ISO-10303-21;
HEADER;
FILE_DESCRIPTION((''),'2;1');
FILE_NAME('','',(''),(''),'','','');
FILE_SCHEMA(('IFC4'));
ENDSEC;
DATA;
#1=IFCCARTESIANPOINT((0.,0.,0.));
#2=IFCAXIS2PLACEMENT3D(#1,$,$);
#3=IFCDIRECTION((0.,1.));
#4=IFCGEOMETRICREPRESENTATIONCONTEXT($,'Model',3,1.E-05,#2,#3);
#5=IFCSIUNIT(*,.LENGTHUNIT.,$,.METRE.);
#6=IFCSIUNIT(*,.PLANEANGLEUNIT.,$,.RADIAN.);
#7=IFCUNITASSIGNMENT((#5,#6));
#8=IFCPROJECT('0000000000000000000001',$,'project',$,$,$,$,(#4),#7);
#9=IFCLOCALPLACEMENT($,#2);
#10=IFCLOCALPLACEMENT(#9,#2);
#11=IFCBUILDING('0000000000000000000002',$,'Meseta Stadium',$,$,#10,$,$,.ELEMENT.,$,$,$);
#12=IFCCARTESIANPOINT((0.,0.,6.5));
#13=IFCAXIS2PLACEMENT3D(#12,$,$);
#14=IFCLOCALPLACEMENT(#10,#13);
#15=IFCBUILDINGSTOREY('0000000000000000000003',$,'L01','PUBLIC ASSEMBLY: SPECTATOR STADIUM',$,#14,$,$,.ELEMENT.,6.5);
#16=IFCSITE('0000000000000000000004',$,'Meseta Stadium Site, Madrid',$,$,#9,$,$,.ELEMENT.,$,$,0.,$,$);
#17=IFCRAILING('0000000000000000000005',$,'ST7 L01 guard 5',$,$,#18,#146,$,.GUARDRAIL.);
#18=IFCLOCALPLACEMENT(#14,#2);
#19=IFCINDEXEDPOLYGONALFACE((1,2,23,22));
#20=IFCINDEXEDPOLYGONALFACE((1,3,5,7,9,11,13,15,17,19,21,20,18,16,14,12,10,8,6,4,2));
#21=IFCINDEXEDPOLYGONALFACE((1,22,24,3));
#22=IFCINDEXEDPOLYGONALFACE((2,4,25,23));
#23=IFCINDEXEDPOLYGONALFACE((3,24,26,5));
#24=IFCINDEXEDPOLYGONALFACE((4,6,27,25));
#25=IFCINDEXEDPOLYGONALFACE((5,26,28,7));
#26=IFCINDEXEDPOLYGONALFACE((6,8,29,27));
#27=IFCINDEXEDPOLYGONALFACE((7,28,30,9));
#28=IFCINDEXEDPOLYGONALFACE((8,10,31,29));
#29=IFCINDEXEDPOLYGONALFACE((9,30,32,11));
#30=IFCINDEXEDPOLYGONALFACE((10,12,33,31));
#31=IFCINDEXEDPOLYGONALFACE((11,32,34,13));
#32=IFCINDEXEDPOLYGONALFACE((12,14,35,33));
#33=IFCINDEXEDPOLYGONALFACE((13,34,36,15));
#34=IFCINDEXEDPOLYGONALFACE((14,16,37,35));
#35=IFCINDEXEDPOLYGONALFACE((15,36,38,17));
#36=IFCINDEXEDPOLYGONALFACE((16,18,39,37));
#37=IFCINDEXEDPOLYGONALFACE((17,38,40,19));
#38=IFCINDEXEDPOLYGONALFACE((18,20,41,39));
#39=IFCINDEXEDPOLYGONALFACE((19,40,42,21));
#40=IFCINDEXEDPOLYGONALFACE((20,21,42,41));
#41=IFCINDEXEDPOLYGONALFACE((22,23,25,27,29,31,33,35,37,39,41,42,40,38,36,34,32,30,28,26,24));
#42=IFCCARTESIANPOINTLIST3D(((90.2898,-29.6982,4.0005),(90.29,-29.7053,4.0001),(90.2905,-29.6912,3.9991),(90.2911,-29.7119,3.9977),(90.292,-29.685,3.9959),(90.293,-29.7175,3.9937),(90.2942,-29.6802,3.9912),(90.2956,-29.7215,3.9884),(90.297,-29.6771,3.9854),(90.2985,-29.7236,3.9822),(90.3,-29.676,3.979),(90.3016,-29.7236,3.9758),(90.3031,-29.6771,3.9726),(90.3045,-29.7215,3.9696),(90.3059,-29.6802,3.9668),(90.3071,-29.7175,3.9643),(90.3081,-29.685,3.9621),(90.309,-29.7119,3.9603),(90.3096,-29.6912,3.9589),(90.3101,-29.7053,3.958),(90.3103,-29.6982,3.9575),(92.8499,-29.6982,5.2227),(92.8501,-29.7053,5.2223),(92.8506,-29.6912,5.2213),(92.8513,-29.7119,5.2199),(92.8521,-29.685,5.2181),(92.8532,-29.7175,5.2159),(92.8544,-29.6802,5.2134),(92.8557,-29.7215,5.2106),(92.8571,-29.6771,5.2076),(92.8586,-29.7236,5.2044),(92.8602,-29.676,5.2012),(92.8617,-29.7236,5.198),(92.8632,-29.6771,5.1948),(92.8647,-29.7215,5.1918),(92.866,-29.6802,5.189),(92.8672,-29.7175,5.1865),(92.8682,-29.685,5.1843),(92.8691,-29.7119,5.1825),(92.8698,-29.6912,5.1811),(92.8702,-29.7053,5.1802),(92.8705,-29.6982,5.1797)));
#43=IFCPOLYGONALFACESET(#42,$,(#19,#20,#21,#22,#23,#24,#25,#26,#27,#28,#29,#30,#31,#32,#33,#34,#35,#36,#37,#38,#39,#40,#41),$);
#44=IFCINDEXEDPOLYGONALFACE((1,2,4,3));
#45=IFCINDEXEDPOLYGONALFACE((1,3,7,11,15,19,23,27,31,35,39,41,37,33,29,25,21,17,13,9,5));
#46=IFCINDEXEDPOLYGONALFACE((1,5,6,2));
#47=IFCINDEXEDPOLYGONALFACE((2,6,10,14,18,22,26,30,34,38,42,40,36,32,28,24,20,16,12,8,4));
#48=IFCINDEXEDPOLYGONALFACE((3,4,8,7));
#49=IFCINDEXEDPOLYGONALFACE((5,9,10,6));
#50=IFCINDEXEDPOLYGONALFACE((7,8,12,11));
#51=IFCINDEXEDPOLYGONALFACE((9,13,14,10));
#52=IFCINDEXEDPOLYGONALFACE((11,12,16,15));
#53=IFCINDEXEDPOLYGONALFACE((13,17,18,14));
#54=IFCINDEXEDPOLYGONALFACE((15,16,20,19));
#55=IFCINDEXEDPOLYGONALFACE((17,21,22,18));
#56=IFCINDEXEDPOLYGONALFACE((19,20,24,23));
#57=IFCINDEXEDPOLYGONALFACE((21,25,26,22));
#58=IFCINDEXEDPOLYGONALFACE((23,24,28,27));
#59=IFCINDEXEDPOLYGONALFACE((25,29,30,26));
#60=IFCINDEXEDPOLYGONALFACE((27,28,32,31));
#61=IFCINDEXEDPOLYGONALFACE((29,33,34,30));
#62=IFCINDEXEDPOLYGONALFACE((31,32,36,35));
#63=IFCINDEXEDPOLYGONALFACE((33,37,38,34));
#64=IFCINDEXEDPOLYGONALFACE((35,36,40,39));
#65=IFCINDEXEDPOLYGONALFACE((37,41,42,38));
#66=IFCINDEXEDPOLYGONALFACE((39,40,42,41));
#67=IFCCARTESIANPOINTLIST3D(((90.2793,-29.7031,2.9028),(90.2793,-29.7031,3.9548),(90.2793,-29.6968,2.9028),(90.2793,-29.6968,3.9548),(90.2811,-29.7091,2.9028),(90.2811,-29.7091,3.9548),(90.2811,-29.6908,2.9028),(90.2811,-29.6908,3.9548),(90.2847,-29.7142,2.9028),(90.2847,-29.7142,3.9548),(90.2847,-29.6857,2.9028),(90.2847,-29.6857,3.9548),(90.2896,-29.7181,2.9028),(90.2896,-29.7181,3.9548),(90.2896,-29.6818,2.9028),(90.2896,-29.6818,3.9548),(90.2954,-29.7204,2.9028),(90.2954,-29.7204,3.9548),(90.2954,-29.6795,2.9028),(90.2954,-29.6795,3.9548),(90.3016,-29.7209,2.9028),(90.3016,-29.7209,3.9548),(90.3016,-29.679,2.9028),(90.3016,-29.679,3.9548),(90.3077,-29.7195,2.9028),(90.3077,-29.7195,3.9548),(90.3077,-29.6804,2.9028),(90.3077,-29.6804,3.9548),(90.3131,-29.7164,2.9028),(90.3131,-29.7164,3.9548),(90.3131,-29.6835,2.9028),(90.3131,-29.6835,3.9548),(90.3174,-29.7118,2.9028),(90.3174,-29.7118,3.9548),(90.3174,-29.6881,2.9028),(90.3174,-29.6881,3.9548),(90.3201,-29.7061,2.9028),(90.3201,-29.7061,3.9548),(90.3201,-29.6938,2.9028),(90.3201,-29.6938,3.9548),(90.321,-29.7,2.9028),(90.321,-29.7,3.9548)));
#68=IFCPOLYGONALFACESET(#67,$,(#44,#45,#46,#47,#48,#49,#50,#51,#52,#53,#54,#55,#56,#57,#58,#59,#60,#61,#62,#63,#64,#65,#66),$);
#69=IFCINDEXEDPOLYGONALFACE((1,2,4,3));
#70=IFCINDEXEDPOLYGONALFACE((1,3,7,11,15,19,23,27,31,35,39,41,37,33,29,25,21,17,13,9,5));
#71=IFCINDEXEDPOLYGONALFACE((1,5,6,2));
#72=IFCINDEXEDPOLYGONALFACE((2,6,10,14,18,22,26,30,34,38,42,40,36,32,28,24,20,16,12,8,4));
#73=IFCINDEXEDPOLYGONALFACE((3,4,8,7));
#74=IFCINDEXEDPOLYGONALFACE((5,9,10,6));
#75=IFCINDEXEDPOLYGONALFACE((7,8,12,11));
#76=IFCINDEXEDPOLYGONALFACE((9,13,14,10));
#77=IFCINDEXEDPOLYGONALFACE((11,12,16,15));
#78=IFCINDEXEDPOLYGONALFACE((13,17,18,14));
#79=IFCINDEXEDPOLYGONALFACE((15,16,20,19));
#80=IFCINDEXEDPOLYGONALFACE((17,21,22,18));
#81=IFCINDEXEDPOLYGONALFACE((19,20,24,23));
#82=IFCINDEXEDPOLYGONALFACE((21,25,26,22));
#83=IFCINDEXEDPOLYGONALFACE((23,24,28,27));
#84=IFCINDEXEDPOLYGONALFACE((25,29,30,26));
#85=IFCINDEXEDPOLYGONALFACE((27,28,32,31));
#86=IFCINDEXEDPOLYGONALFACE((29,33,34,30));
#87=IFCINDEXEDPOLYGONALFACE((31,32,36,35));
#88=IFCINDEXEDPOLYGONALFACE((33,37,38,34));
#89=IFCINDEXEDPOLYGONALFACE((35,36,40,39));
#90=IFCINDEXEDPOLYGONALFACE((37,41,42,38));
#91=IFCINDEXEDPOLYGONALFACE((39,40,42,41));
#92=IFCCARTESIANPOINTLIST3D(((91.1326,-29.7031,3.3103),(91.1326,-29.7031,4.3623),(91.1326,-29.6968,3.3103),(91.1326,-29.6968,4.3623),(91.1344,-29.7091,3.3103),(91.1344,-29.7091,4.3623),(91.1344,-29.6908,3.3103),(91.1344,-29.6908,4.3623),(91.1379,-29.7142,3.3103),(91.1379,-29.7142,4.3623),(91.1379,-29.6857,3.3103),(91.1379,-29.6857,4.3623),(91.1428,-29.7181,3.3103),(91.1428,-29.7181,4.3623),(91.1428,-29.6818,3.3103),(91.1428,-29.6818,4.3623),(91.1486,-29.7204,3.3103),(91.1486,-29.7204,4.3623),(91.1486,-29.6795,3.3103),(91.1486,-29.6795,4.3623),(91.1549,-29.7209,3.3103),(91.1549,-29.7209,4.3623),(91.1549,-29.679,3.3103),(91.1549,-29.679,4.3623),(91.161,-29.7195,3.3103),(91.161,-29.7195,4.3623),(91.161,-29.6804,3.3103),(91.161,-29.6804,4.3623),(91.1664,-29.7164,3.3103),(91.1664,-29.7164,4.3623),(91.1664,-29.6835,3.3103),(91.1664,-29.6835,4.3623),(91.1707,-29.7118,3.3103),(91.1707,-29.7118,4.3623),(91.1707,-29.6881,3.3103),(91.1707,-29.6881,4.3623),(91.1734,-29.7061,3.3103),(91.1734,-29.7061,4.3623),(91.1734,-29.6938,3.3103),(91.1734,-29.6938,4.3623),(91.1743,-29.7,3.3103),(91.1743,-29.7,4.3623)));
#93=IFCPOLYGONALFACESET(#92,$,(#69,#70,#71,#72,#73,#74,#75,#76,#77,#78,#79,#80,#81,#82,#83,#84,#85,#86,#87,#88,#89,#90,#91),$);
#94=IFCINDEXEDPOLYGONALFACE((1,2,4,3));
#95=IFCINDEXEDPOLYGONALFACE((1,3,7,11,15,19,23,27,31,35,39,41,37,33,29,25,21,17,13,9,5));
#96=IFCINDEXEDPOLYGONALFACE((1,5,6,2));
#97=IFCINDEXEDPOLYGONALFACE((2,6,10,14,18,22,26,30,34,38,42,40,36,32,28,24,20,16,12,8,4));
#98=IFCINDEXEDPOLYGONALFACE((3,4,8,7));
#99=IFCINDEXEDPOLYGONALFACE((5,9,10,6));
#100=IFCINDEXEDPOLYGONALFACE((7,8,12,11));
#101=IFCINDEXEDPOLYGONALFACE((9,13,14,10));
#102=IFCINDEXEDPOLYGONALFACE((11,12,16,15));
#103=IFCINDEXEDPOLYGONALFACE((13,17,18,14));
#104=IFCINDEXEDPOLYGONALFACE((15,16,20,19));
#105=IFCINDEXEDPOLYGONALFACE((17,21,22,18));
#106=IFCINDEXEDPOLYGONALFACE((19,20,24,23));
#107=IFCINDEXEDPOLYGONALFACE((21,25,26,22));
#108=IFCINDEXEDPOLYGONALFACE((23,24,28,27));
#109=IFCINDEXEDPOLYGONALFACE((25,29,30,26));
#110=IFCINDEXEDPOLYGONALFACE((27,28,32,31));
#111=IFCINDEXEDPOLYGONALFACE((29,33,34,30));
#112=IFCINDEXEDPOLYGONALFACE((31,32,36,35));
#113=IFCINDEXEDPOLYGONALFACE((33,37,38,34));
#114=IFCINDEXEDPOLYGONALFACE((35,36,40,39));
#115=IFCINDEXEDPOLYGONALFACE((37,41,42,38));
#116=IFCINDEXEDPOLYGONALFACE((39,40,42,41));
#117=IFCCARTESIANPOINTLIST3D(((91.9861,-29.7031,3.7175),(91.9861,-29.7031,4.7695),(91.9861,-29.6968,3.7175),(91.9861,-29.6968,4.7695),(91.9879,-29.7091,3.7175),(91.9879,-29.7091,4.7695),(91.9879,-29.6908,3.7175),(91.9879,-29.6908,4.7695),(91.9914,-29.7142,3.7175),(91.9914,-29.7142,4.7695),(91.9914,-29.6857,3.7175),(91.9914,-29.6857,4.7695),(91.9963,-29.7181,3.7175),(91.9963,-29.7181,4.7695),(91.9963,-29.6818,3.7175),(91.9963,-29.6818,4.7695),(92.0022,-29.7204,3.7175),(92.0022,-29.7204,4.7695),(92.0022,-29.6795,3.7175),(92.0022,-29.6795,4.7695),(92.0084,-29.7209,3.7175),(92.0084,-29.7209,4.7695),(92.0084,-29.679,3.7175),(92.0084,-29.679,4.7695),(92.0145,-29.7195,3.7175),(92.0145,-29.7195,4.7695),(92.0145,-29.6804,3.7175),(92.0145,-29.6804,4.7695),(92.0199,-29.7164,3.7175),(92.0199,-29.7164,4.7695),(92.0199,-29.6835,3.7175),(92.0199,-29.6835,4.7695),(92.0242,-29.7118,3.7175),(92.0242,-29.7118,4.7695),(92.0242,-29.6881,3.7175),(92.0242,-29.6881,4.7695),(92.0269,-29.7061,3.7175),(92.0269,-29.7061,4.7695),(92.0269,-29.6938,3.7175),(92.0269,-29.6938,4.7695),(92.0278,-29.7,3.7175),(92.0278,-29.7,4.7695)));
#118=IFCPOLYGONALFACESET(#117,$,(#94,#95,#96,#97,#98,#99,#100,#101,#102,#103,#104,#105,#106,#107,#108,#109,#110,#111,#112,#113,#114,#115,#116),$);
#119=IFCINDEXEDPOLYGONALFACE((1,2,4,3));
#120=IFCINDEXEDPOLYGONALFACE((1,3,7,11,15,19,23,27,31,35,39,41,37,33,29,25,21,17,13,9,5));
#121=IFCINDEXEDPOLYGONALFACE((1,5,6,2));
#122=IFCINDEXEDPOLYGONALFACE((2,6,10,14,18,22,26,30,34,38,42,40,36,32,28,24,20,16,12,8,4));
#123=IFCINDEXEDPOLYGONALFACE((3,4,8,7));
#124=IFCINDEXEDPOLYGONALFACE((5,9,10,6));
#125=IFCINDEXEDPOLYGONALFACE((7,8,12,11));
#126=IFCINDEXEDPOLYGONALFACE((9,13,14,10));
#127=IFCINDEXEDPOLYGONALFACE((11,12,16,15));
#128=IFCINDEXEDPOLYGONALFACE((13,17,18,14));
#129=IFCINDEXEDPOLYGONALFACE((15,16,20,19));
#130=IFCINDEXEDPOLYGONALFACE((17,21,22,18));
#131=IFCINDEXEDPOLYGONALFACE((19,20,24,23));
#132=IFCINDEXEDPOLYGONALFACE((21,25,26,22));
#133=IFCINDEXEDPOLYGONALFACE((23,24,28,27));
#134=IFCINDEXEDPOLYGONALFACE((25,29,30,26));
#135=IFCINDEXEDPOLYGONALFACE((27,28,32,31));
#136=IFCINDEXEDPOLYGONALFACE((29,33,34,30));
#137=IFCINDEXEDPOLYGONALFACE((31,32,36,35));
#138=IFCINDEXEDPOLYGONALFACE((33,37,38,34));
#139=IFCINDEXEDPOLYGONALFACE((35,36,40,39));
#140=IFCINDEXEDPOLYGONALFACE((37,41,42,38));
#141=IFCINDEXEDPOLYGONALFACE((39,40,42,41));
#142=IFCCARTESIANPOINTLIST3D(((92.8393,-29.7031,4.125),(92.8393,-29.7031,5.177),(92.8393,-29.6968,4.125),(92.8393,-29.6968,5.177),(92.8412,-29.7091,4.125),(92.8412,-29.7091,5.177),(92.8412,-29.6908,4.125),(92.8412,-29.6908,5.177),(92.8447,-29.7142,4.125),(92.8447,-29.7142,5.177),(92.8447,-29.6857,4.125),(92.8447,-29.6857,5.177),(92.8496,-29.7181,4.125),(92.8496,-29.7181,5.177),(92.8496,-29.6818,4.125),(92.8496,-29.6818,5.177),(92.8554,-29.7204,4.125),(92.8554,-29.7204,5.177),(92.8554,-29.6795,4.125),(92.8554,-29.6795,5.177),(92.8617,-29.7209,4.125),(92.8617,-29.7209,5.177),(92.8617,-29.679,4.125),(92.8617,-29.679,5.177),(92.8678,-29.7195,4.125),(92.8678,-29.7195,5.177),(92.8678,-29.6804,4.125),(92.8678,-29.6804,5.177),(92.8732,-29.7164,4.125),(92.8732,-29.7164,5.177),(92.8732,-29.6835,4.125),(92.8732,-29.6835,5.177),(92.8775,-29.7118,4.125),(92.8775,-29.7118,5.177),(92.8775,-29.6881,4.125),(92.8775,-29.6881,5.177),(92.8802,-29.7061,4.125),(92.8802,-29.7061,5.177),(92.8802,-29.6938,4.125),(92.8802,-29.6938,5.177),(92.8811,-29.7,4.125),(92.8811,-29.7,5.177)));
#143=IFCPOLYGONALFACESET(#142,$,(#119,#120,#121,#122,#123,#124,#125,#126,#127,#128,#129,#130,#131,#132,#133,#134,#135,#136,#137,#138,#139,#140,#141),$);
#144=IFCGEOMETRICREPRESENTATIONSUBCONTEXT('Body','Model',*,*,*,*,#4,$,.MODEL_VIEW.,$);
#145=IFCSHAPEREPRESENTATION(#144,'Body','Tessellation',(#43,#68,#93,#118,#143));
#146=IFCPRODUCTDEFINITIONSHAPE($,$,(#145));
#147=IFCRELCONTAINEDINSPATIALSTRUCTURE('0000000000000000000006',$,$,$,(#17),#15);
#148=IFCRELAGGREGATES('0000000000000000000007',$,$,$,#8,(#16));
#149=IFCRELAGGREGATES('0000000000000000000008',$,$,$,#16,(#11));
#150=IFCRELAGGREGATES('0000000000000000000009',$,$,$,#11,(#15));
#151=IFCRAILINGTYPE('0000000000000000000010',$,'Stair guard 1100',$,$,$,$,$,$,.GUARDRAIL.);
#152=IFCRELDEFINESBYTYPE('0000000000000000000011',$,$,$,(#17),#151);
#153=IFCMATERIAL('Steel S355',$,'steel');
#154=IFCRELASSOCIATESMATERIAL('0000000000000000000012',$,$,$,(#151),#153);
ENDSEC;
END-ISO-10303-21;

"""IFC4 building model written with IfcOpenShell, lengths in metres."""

from ifc_helpers import new_model, si_unit, direction, frame, origin, origin_2d, place, context, subcontext, project, spatial, circle, extrude, material, type_object, element, save


model = new_model("IFC4")

# Units and contexts
model_context = context("Model", 3, precision=1e-05, world=origin(), true_north=direction((0.0, 1.0)))
body_context = subcontext(model_context, "Body", "Model", "MODEL_VIEW")
ifc_project = project(units=[si_unit("LENGTHUNIT", "METRE"), si_unit("PLANEANGLEUNIT", "RADIAN")], contexts=[model_context])

# Site, building, storey
site_placement = place(None, origin())
site = spatial("IfcSite", under=ifc_project, at=site_placement, Name="Meseta Stadium Site, Madrid", CompositionType="ELEMENT", RefElevation=0.0)
building_placement = place(site_placement, origin())
building = spatial("IfcBuilding", under=site, at=building_placement, Name="Meseta Stadium", CompositionType="ELEMENT")
storey_placement = place(building_placement, frame((0.0, 0.0, 6.5)))
storey = spatial("IfcBuildingStorey", under=building, at=storey_placement, Name="L01", Description="PUBLIC ASSEMBLY: SPECTATOR STADIUM", CompositionType="ELEMENT", Elevation=6.5)

# Railing
ifc_material_1 = material(Name="Steel S355", Category="steel")
railing_type_1 = type_object("IfcRailingType", Name="Stair guard 1100", PredefinedType="GUARDRAIL", material=ifc_material_1)
railing_1_placement = place(storey_placement, frame((90.3, -29.7, 2.9028)))
element("IfcRailing", 1, at=railing_1_placement, inside=storey, type_object=railing_type_1, Name="ST7 L01 guard 5", PredefinedType="GUARDRAIL", context=body_context, shape_type="SweptSolid", body=[
    extrude(circle(Radius=0.0239, at=origin_2d()), frame((0.0, 0.0, 1.0762), z_axis=(0.902437, 0.0, 0.430822), x_axis=(0.0, 1.0, 0.0)), (0.0, 0.0, 1.0), 2.8369),
    extrude(circle(Radius=0.021, at=origin_2d()), origin(), (0.0, 0.0, 1.0), 1.052),
    extrude(circle(Radius=0.021, at=origin_2d()), frame((0.8533, 0.0, 0.4075)), (0.0, 0.0, 1.0), 1.052),
    extrude(circle(Radius=0.021, at=origin_2d()), frame((1.7068, 0.0, 0.8147)), (0.0, 0.0, 1.0), 1.052),
    extrude(circle(Radius=0.021, at=origin_2d()), frame((2.5601, 0.0, 1.2222)), (0.0, 0.0, 1.0), 1.052),
])

save(model, "model.ifc")
